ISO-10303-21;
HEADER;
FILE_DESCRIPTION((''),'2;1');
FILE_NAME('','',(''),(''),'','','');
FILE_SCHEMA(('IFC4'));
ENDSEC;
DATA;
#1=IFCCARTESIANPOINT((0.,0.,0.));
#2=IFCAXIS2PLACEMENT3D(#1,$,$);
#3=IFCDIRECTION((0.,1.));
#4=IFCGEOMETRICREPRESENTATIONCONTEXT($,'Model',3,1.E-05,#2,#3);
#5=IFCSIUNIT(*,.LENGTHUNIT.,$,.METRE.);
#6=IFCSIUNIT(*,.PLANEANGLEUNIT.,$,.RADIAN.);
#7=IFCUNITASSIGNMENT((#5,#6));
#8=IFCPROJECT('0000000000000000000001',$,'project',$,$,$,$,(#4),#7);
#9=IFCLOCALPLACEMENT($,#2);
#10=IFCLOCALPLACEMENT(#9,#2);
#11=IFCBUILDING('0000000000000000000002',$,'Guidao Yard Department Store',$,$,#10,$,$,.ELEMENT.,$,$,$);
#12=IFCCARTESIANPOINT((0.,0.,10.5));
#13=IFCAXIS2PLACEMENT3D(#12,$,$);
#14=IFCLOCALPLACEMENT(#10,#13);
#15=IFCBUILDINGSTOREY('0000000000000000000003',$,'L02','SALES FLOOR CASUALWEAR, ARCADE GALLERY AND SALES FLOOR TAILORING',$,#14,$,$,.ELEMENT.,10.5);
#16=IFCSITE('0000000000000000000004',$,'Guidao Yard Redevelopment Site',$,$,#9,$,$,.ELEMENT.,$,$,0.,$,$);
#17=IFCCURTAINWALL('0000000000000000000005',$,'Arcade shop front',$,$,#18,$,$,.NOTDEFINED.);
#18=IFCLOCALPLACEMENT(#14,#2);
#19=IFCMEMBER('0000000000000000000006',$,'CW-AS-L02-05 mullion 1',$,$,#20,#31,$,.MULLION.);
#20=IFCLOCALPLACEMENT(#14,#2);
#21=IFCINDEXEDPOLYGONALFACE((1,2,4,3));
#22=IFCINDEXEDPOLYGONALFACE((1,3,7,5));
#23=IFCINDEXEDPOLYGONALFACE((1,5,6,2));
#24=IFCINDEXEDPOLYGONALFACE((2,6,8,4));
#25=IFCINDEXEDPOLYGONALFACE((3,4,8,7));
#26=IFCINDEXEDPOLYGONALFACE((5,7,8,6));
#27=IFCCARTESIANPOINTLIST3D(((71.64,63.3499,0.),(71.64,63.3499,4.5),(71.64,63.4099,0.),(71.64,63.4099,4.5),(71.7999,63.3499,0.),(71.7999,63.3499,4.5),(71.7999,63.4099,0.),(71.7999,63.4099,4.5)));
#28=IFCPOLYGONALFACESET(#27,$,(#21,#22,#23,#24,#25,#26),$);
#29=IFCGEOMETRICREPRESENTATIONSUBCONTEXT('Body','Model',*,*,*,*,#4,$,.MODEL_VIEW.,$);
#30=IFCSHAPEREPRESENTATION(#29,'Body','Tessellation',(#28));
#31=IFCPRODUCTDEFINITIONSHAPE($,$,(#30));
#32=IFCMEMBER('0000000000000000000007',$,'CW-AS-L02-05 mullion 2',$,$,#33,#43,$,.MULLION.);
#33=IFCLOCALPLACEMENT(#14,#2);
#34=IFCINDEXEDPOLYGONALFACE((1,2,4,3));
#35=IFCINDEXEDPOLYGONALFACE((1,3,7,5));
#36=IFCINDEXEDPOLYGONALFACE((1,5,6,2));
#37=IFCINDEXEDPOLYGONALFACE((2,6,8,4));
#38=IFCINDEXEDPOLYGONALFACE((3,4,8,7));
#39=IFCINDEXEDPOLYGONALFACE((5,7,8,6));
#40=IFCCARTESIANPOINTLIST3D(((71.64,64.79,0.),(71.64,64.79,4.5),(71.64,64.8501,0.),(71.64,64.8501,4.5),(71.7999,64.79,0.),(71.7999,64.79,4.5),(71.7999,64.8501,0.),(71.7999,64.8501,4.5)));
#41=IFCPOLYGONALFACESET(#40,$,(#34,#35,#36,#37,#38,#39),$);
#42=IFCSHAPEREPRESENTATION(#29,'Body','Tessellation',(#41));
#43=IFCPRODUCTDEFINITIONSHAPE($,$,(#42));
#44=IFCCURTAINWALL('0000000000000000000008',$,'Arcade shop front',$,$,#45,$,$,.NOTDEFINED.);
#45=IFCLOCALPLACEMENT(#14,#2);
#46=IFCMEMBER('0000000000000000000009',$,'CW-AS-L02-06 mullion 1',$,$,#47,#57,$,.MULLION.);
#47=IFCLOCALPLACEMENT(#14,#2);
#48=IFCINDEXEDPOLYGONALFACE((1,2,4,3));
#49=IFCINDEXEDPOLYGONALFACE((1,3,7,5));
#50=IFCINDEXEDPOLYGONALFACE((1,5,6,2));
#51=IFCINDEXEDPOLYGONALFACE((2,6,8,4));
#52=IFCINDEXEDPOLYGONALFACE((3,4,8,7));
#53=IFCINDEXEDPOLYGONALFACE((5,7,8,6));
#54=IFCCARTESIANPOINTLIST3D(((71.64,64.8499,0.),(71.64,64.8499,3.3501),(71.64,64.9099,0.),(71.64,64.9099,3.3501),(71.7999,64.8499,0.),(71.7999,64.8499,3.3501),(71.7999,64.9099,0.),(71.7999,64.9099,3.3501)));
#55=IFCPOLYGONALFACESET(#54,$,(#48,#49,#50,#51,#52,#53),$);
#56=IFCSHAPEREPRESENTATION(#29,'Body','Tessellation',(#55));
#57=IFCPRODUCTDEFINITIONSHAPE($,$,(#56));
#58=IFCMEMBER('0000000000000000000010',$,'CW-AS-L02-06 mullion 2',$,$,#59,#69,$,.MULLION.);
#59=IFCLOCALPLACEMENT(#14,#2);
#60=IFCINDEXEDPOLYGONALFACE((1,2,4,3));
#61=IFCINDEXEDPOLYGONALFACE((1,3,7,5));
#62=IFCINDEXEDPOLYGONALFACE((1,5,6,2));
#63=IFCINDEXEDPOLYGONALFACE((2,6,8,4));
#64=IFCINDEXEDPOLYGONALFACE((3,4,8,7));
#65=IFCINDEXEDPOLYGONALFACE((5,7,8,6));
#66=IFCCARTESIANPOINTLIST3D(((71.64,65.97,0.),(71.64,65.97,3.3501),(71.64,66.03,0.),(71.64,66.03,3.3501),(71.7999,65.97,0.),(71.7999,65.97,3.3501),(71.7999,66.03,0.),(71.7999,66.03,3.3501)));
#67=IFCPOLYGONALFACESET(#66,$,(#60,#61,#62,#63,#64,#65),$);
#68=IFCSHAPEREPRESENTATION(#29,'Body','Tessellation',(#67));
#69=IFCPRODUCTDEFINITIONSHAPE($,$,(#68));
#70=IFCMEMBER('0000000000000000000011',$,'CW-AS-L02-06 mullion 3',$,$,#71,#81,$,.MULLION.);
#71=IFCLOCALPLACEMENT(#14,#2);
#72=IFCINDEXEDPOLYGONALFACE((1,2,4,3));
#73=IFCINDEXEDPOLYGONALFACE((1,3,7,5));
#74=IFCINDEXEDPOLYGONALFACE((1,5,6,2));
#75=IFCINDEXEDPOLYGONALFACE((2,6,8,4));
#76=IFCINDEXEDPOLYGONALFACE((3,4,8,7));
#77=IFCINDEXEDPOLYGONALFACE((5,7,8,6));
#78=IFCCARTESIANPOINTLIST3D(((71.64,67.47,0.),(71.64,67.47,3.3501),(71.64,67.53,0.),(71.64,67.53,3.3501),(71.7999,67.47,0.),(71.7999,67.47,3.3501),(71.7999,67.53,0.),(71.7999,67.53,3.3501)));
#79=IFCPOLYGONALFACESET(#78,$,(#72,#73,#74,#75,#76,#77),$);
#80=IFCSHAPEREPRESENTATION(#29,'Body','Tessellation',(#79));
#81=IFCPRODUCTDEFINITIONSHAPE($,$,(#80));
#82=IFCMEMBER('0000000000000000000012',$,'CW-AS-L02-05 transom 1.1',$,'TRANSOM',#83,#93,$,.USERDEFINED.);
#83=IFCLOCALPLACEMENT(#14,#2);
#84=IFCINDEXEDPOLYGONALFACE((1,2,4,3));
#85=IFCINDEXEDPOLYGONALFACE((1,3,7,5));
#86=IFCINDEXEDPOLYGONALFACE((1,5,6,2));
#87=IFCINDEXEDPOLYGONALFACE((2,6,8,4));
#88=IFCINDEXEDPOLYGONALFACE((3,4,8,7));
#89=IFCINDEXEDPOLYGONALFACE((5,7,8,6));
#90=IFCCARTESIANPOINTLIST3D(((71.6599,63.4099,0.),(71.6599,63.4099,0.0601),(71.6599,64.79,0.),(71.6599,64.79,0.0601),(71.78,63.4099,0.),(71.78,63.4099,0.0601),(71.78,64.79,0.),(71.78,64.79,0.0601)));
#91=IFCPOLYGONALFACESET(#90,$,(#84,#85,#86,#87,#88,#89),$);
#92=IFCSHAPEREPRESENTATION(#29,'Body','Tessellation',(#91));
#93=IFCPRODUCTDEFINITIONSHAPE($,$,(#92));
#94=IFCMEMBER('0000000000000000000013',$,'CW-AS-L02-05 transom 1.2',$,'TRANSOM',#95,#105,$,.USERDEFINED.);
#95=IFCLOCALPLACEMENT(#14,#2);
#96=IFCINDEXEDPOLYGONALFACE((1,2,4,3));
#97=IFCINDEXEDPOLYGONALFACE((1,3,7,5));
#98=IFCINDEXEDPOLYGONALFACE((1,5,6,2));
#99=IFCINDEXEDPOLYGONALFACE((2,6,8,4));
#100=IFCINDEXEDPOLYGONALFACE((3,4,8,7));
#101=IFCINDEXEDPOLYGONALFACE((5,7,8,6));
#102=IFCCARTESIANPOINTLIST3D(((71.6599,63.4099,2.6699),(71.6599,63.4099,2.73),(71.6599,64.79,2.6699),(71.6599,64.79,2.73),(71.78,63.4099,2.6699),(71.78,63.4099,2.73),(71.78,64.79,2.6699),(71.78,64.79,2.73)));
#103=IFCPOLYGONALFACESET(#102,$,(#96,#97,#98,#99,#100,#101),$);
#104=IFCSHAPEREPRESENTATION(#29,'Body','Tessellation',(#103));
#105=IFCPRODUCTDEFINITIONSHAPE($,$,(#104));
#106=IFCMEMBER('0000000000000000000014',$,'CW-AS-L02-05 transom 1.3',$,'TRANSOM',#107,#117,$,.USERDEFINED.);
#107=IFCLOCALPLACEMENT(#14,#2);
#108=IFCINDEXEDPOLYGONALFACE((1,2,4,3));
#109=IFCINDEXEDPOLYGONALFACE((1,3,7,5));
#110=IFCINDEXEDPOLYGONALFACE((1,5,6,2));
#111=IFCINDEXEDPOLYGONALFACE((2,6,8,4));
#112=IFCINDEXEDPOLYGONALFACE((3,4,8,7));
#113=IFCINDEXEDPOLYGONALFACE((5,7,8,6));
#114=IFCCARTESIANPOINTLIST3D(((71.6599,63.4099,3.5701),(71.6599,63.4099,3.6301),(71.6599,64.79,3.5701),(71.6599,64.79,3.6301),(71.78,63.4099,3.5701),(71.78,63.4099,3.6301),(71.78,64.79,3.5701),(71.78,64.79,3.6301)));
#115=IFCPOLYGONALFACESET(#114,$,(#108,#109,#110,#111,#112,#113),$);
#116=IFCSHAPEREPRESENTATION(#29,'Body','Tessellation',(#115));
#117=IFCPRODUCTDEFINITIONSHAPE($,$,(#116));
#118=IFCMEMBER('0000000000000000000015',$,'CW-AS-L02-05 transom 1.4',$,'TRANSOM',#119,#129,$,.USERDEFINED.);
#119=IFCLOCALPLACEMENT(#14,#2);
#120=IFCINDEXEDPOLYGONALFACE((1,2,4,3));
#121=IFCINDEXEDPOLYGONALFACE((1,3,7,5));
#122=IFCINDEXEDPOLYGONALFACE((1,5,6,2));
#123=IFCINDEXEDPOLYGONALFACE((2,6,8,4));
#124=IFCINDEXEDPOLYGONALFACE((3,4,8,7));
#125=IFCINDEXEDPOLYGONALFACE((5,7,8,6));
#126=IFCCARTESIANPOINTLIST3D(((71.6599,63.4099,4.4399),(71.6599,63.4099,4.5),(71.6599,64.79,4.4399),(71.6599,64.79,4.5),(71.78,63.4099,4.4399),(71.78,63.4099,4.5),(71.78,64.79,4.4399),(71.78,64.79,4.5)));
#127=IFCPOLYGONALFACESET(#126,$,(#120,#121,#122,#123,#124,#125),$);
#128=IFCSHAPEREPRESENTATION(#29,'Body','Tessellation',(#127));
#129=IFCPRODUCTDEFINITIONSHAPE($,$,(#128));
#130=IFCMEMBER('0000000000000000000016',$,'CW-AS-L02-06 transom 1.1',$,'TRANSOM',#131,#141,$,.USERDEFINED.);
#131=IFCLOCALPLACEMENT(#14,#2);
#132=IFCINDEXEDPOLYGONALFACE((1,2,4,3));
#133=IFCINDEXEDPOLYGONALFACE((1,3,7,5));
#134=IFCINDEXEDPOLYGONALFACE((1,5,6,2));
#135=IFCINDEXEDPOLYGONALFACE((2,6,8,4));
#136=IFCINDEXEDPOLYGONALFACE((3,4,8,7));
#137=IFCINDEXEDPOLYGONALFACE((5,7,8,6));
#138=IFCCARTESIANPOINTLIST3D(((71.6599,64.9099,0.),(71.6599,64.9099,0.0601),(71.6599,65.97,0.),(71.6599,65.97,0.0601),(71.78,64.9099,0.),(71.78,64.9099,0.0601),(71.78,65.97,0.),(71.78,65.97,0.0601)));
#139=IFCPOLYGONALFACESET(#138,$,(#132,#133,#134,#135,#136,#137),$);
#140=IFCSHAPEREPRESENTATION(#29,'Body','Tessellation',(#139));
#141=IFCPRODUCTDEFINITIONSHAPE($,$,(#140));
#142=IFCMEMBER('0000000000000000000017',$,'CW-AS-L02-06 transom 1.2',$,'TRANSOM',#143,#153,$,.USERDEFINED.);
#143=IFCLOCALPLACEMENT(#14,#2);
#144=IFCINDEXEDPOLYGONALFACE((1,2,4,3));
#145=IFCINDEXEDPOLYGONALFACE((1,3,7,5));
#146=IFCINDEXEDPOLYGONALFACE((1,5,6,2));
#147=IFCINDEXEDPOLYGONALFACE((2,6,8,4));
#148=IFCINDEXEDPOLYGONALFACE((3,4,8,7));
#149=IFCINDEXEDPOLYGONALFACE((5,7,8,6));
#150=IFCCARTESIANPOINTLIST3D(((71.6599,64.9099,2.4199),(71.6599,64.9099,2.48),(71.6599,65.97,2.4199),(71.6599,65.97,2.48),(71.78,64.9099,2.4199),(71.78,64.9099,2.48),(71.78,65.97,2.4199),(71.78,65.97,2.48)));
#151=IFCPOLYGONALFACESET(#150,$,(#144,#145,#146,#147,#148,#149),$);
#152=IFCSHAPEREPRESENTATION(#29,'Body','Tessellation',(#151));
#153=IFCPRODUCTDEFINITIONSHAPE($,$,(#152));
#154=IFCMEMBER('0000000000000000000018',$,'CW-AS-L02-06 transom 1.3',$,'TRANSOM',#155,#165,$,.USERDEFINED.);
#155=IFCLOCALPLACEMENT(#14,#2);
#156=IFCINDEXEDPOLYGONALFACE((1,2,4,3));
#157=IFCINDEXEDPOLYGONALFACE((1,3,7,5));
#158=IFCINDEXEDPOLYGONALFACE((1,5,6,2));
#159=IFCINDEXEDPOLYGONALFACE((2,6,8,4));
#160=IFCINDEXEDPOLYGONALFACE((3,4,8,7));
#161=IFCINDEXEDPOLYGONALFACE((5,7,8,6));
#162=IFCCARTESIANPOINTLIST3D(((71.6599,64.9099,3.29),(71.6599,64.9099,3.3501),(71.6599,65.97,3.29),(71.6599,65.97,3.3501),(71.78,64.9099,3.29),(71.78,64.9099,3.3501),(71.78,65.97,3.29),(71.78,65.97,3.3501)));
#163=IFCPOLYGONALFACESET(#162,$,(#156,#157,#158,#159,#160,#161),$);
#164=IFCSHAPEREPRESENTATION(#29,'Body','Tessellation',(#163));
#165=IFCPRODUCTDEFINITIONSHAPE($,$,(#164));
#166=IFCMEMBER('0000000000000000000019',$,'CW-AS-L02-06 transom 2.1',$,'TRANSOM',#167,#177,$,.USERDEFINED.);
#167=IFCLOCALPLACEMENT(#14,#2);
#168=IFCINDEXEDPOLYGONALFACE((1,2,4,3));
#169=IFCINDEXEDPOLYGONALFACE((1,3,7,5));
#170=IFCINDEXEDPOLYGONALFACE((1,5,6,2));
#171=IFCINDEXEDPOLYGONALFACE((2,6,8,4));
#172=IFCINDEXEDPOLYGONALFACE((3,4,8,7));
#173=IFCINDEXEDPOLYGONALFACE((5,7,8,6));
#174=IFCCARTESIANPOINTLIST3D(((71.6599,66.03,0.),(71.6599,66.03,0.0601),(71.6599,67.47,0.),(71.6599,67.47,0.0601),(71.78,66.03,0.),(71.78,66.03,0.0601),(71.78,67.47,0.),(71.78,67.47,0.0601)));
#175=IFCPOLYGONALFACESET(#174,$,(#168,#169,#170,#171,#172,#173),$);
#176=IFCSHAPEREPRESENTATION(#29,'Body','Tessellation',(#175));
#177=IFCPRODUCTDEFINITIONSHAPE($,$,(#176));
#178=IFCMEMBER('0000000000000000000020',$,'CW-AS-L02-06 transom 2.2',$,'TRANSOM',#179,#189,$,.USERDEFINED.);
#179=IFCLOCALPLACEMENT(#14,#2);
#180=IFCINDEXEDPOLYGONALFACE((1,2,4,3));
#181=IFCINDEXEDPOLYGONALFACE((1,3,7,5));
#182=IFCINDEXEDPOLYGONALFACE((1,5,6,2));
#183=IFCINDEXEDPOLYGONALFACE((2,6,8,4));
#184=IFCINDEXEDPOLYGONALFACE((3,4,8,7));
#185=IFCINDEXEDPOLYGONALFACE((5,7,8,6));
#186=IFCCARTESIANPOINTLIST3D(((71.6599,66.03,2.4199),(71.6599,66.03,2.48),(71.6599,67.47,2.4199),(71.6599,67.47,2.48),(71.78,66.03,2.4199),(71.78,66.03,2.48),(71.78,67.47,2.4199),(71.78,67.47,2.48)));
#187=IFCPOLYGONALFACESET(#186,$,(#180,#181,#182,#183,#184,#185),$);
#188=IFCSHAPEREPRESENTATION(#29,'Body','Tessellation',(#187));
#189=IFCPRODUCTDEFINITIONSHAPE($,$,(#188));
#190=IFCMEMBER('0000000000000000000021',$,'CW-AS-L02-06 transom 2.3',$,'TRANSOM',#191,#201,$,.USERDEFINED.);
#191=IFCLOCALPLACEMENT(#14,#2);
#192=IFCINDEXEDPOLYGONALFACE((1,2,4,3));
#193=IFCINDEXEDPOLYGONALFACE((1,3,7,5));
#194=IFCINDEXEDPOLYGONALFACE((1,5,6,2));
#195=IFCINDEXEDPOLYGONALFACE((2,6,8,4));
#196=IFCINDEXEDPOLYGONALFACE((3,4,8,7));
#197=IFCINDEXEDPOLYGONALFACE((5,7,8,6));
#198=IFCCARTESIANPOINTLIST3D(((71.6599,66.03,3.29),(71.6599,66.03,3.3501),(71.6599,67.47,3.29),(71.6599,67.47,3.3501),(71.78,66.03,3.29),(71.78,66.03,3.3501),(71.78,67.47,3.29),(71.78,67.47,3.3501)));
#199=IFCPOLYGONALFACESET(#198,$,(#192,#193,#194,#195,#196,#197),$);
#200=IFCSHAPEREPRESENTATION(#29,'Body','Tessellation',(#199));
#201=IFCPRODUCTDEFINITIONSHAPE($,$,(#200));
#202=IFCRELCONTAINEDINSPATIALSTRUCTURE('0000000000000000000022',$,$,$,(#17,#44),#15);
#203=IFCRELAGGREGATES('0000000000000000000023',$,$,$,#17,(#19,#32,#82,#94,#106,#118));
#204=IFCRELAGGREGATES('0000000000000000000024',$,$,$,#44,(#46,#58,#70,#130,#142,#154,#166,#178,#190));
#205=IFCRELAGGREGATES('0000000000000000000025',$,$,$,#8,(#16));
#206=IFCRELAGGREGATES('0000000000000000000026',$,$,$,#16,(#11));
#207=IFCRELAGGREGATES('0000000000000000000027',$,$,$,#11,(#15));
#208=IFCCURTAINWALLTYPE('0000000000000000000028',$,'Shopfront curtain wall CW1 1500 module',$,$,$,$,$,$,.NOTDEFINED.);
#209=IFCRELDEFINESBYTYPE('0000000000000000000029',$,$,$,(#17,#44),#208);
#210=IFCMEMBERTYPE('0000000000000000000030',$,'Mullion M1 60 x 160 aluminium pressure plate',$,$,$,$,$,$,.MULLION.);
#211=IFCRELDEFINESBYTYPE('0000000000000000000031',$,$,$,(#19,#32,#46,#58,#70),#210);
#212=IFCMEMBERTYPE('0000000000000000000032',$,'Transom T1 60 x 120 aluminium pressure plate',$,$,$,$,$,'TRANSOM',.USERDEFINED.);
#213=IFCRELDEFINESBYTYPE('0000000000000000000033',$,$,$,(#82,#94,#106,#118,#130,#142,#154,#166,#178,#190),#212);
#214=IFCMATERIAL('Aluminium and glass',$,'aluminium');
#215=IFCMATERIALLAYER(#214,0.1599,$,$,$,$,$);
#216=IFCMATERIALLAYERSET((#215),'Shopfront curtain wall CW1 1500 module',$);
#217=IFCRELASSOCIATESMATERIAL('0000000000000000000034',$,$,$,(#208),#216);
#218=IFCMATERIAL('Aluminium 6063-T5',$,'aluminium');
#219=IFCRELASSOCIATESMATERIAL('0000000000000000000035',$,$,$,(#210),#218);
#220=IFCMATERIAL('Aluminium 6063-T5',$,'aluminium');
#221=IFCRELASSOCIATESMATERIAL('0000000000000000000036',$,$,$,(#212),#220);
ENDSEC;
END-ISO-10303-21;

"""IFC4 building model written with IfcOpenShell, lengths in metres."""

from ifc_helpers import new_model, si_unit, direction, frame, origin, origin_2d, place, context, subcontext, project, spatial, rectangle, extrude, material, layer, layer_set, material_profile, profile_set, type_object, element, aggregate, save


model = new_model("IFC4")

# Units and contexts
model_context = context("Model", 3, precision=1e-05, world=origin(), true_north=direction((0.0, 1.0)))
body_context = subcontext(model_context, "Body", "Model", "MODEL_VIEW")
ifc_project = project(units=[si_unit("LENGTHUNIT", "METRE"), si_unit("PLANEANGLEUNIT", "RADIAN")], contexts=[model_context])

# Site, building, storey
site_placement = place(None, origin())
site = spatial("IfcSite", under=ifc_project, at=site_placement, Name="Guidao Yard Redevelopment Site", CompositionType="ELEMENT", RefElevation=0.0)
building_placement = place(site_placement, origin())
building = spatial("IfcBuilding", under=site, at=building_placement, Name="Guidao Yard Department Store", CompositionType="ELEMENT")
storey_placement = place(building_placement, frame((0.0, 0.0, 10.5)))
storey = spatial("IfcBuildingStorey", under=building, at=storey_placement, Name="L02", Description="SALES FLOOR CASUALWEAR, ARCADE GALLERY AND SALES FLOOR TAILORING", CompositionType="ELEMENT", Elevation=10.5)

# Curtain walls, members
ifc_material_1 = material(Name="Aluminium and glass", Category="aluminium")
ifc_layer_1 = layer(ifc_material_1, 0.1599)
ifc_layer_set_1 = layer_set([ifc_layer_1], Name="Shopfront curtain wall CW1 1500 module")
curtain_wall_type = type_object("IfcCurtainWallType", Name="Shopfront curtain wall CW1 1500 module", PredefinedType="NOTDEFINED", material=ifc_layer_set_1)
curtain_wall_1_placement = place(storey_placement, origin())
curtain_wall_1 = element("IfcCurtainWall", 1, at=curtain_wall_1_placement, inside=storey, type_object=curtain_wall_type, Name="Arcade shop front", PredefinedType="NOTDEFINED")
ifc_material_2 = material(Name="Aluminium 6063-T5", Category="aluminium")
ifc_material_profile_1 = material_profile(ifc_material_2, rectangle(XDim=0.0601, YDim=0.1599, at=origin_2d()), Name="Mullion M1 60 x 160 aluminium pressure plate")
ifc_profile_set_1 = profile_set([ifc_material_profile_1], Name="Aluminium 6063-T5")
member_type_1 = type_object("IfcMemberType", Name="Mullion M1 60 x 160 aluminium pressure plate", PredefinedType="MULLION", material=ifc_profile_set_1)
member_1_placement = place(storey_placement, frame((71.72, 63.3799, 0.0), z_axis=(0.0, 0.0, 1.0), x_axis=(0.0, 1.0, 0.0)))
member_1 = element("IfcMember", 2, at=member_1_placement, type_object=member_type_1, Name="CW-AS-L02-05 mullion 1", PredefinedType="MULLION", context=body_context, shape_type="SweptSolid", body=[
    extrude(rectangle(XDim=0.0601, YDim=0.1599, at=origin_2d()), origin(), (0.0, 0.0, 1.0), 4.5),
])
member_2_placement = place(storey_placement, frame((71.72, 64.8201, 0.0), z_axis=(0.0, 0.0, 1.0), x_axis=(0.0, 1.0, 0.0)))
member_2 = element("IfcMember", 3, at=member_2_placement, type_object=member_type_1, Name="CW-AS-L02-05 mullion 2", PredefinedType="MULLION", context=body_context, shape_type="SweptSolid", body=[
    extrude(rectangle(XDim=0.0601, YDim=0.1599, at=origin_2d()), origin(), (0.0, 0.0, 1.0), 4.5),
])
curtain_wall_2_placement = place(storey_placement, origin())
curtain_wall_2 = element("IfcCurtainWall", 4, at=curtain_wall_2_placement, inside=storey, type_object=curtain_wall_type, Name="Arcade shop front", PredefinedType="NOTDEFINED")
member_3_placement = place(storey_placement, frame((71.72, 64.8799, 0.0), z_axis=(0.0, 0.0, 1.0), x_axis=(0.0, 1.0, 0.0)))
member_3 = element("IfcMember", 5, at=member_3_placement, type_object=member_type_1, Name="CW-AS-L02-06 mullion 1", PredefinedType="MULLION", context=body_context, shape_type="SweptSolid", body=[
    extrude(rectangle(XDim=0.0601, YDim=0.1599, at=origin_2d()), origin(), (0.0, 0.0, 1.0), 3.3501),
])
member_4_placement = place(storey_placement, frame((71.72, 66.0, 0.0), z_axis=(0.0, 0.0, 1.0), x_axis=(0.0, 1.0, 0.0)))
member_4 = element("IfcMember", 6, at=member_4_placement, type_object=member_type_1, Name="CW-AS-L02-06 mullion 2", PredefinedType="MULLION", context=body_context, shape_type="SweptSolid", body=[
    extrude(rectangle(XDim=0.0601, YDim=0.1599, at=origin_2d()), origin(), (0.0, 0.0, 1.0), 3.3501),
])
member_5_placement = place(storey_placement, frame((71.72, 67.5, 0.0), z_axis=(0.0, 0.0, 1.0), x_axis=(0.0, 1.0, 0.0)))
member_5 = element("IfcMember", 7, at=member_5_placement, type_object=member_type_1, Name="CW-AS-L02-06 mullion 3", PredefinedType="MULLION", context=body_context, shape_type="SweptSolid", body=[
    extrude(rectangle(XDim=0.0601, YDim=0.1599, at=origin_2d()), origin(), (0.0, 0.0, 1.0), 3.3501),
])

# Members
ifc_material_3 = material(Name="Aluminium 6063-T5", Category="aluminium")
ifc_material_profile_2 = material_profile(ifc_material_3, rectangle(XDim=0.1201, YDim=0.0601, at=origin_2d()), Name="Transom T1 60 x 120 aluminium pressure plate")
ifc_profile_set_2 = profile_set([ifc_material_profile_2], Name="Aluminium 6063-T5")
member_type_2 = type_object("IfcMemberType", Name="Transom T1 60 x 120 aluminium pressure plate", ElementType="TRANSOM", PredefinedType="USERDEFINED", material=ifc_profile_set_2)
member_6_placement = place(storey_placement, frame((71.72, 63.4099, 0.03), z_axis=(0.0, 1.0, 0.0), x_axis=(-1.0, 0.0, 0.0)))
member_6 = element("IfcMember", 8, at=member_6_placement, type_object=member_type_2, Name="CW-AS-L02-05 transom 1.1", ObjectType="TRANSOM", PredefinedType="USERDEFINED", context=body_context, shape_type="SweptSolid", body=[
    extrude(rectangle(XDim=0.1201, YDim=0.0601, at=origin_2d()), origin(), (0.0, 0.0, 1.0), 1.3801),
])
member_7_placement = place(storey_placement, frame((71.72, 63.4099, 2.7), z_axis=(0.0, 1.0, 0.0), x_axis=(-1.0, 0.0, 0.0)))
member_7 = element("IfcMember", 9, at=member_7_placement, type_object=member_type_2, Name="CW-AS-L02-05 transom 1.2", ObjectType="TRANSOM", PredefinedType="USERDEFINED", context=body_context, shape_type="SweptSolid", body=[
    extrude(rectangle(XDim=0.1201, YDim=0.0601, at=origin_2d()), origin(), (0.0, 0.0, 1.0), 1.3801),
])
member_8_placement = place(storey_placement, frame((71.72, 63.4099, 3.6001), z_axis=(0.0, 1.0, 0.0), x_axis=(-1.0, 0.0, 0.0)))
member_8 = element("IfcMember", 10, at=member_8_placement, type_object=member_type_2, Name="CW-AS-L02-05 transom 1.3", ObjectType="TRANSOM", PredefinedType="USERDEFINED", context=body_context, shape_type="SweptSolid", body=[
    extrude(rectangle(XDim=0.1201, YDim=0.0601, at=origin_2d()), origin(), (0.0, 0.0, 1.0), 1.3801),
])
member_9_placement = place(storey_placement, frame((71.72, 63.4099, 4.47), z_axis=(0.0, 1.0, 0.0), x_axis=(-1.0, 0.0, 0.0)))
member_9 = element("IfcMember", 11, at=member_9_placement, type_object=member_type_2, Name="CW-AS-L02-05 transom 1.4", ObjectType="TRANSOM", PredefinedType="USERDEFINED", context=body_context, shape_type="SweptSolid", body=[
    extrude(rectangle(XDim=0.1201, YDim=0.0601, at=origin_2d()), origin(), (0.0, 0.0, 1.0), 1.3801),
])
member_10_placement = place(storey_placement, frame((71.72, 64.9099, 0.03), z_axis=(0.0, 1.0, 0.0), x_axis=(-1.0, 0.0, 0.0)))
member_10 = element("IfcMember", 12, at=member_10_placement, type_object=member_type_2, Name="CW-AS-L02-06 transom 1.1", ObjectType="TRANSOM", PredefinedType="USERDEFINED", context=body_context, shape_type="SweptSolid", body=[
    extrude(rectangle(XDim=0.1201, YDim=0.0601, at=origin_2d()), origin(), (0.0, 0.0, 1.0), 1.0601),
])
member_11_placement = place(storey_placement, frame((71.72, 64.9099, 2.45), z_axis=(0.0, 1.0, 0.0), x_axis=(-1.0, 0.0, 0.0)))
member_11 = element("IfcMember", 13, at=member_11_placement, type_object=member_type_2, Name="CW-AS-L02-06 transom 1.2", ObjectType="TRANSOM", PredefinedType="USERDEFINED", context=body_context, shape_type="SweptSolid", body=[
    extrude(rectangle(XDim=0.1201, YDim=0.0601, at=origin_2d()), origin(), (0.0, 0.0, 1.0), 1.0601),
])
member_12_placement = place(storey_placement, frame((71.72, 64.9099, 3.3201), z_axis=(0.0, 1.0, 0.0), x_axis=(-1.0, 0.0, 0.0)))
member_12 = element("IfcMember", 14, at=member_12_placement, type_object=member_type_2, Name="CW-AS-L02-06 transom 1.3", ObjectType="TRANSOM", PredefinedType="USERDEFINED", context=body_context, shape_type="SweptSolid", body=[
    extrude(rectangle(XDim=0.1201, YDim=0.0601, at=origin_2d()), origin(), (0.0, 0.0, 1.0), 1.0601),
])
member_13_placement = place(storey_placement, frame((71.72, 66.03, 0.03), z_axis=(0.0, 1.0, 0.0), x_axis=(-1.0, 0.0, 0.0)))
member_13 = element("IfcMember", 15, at=member_13_placement, type_object=member_type_2, Name="CW-AS-L02-06 transom 2.1", ObjectType="TRANSOM", PredefinedType="USERDEFINED", context=body_context, shape_type="SweptSolid", body=[
    extrude(rectangle(XDim=0.1201, YDim=0.0601, at=origin_2d()), origin(), (0.0, 0.0, 1.0), 1.4399),
])
member_14_placement = place(storey_placement, frame((71.72, 66.03, 2.45), z_axis=(0.0, 1.0, 0.0), x_axis=(-1.0, 0.0, 0.0)))
member_14 = element("IfcMember", 16, at=member_14_placement, type_object=member_type_2, Name="CW-AS-L02-06 transom 2.2", ObjectType="TRANSOM", PredefinedType="USERDEFINED", context=body_context, shape_type="SweptSolid", body=[
    extrude(rectangle(XDim=0.1201, YDim=0.0601, at=origin_2d()), origin(), (0.0, 0.0, 1.0), 1.4399),
])
member_15_placement = place(storey_placement, frame((71.72, 66.03, 3.3201), z_axis=(0.0, 1.0, 0.0), x_axis=(-1.0, 0.0, 0.0)))
member_15 = element("IfcMember", 17, at=member_15_placement, type_object=member_type_2, Name="CW-AS-L02-06 transom 2.3", ObjectType="TRANSOM", PredefinedType="USERDEFINED", context=body_context, shape_type="SweptSolid", body=[
    extrude(rectangle(XDim=0.1201, YDim=0.0601, at=origin_2d()), origin(), (0.0, 0.0, 1.0), 1.4399),
])

aggregate(curtain_wall_1, [member_1, member_2, member_6, member_7, member_8, member_9])
aggregate(curtain_wall_2, [member_3, member_4, member_5, member_10, member_11, member_12, member_13, member_14, member_15])

save(model, "model.ifc")
